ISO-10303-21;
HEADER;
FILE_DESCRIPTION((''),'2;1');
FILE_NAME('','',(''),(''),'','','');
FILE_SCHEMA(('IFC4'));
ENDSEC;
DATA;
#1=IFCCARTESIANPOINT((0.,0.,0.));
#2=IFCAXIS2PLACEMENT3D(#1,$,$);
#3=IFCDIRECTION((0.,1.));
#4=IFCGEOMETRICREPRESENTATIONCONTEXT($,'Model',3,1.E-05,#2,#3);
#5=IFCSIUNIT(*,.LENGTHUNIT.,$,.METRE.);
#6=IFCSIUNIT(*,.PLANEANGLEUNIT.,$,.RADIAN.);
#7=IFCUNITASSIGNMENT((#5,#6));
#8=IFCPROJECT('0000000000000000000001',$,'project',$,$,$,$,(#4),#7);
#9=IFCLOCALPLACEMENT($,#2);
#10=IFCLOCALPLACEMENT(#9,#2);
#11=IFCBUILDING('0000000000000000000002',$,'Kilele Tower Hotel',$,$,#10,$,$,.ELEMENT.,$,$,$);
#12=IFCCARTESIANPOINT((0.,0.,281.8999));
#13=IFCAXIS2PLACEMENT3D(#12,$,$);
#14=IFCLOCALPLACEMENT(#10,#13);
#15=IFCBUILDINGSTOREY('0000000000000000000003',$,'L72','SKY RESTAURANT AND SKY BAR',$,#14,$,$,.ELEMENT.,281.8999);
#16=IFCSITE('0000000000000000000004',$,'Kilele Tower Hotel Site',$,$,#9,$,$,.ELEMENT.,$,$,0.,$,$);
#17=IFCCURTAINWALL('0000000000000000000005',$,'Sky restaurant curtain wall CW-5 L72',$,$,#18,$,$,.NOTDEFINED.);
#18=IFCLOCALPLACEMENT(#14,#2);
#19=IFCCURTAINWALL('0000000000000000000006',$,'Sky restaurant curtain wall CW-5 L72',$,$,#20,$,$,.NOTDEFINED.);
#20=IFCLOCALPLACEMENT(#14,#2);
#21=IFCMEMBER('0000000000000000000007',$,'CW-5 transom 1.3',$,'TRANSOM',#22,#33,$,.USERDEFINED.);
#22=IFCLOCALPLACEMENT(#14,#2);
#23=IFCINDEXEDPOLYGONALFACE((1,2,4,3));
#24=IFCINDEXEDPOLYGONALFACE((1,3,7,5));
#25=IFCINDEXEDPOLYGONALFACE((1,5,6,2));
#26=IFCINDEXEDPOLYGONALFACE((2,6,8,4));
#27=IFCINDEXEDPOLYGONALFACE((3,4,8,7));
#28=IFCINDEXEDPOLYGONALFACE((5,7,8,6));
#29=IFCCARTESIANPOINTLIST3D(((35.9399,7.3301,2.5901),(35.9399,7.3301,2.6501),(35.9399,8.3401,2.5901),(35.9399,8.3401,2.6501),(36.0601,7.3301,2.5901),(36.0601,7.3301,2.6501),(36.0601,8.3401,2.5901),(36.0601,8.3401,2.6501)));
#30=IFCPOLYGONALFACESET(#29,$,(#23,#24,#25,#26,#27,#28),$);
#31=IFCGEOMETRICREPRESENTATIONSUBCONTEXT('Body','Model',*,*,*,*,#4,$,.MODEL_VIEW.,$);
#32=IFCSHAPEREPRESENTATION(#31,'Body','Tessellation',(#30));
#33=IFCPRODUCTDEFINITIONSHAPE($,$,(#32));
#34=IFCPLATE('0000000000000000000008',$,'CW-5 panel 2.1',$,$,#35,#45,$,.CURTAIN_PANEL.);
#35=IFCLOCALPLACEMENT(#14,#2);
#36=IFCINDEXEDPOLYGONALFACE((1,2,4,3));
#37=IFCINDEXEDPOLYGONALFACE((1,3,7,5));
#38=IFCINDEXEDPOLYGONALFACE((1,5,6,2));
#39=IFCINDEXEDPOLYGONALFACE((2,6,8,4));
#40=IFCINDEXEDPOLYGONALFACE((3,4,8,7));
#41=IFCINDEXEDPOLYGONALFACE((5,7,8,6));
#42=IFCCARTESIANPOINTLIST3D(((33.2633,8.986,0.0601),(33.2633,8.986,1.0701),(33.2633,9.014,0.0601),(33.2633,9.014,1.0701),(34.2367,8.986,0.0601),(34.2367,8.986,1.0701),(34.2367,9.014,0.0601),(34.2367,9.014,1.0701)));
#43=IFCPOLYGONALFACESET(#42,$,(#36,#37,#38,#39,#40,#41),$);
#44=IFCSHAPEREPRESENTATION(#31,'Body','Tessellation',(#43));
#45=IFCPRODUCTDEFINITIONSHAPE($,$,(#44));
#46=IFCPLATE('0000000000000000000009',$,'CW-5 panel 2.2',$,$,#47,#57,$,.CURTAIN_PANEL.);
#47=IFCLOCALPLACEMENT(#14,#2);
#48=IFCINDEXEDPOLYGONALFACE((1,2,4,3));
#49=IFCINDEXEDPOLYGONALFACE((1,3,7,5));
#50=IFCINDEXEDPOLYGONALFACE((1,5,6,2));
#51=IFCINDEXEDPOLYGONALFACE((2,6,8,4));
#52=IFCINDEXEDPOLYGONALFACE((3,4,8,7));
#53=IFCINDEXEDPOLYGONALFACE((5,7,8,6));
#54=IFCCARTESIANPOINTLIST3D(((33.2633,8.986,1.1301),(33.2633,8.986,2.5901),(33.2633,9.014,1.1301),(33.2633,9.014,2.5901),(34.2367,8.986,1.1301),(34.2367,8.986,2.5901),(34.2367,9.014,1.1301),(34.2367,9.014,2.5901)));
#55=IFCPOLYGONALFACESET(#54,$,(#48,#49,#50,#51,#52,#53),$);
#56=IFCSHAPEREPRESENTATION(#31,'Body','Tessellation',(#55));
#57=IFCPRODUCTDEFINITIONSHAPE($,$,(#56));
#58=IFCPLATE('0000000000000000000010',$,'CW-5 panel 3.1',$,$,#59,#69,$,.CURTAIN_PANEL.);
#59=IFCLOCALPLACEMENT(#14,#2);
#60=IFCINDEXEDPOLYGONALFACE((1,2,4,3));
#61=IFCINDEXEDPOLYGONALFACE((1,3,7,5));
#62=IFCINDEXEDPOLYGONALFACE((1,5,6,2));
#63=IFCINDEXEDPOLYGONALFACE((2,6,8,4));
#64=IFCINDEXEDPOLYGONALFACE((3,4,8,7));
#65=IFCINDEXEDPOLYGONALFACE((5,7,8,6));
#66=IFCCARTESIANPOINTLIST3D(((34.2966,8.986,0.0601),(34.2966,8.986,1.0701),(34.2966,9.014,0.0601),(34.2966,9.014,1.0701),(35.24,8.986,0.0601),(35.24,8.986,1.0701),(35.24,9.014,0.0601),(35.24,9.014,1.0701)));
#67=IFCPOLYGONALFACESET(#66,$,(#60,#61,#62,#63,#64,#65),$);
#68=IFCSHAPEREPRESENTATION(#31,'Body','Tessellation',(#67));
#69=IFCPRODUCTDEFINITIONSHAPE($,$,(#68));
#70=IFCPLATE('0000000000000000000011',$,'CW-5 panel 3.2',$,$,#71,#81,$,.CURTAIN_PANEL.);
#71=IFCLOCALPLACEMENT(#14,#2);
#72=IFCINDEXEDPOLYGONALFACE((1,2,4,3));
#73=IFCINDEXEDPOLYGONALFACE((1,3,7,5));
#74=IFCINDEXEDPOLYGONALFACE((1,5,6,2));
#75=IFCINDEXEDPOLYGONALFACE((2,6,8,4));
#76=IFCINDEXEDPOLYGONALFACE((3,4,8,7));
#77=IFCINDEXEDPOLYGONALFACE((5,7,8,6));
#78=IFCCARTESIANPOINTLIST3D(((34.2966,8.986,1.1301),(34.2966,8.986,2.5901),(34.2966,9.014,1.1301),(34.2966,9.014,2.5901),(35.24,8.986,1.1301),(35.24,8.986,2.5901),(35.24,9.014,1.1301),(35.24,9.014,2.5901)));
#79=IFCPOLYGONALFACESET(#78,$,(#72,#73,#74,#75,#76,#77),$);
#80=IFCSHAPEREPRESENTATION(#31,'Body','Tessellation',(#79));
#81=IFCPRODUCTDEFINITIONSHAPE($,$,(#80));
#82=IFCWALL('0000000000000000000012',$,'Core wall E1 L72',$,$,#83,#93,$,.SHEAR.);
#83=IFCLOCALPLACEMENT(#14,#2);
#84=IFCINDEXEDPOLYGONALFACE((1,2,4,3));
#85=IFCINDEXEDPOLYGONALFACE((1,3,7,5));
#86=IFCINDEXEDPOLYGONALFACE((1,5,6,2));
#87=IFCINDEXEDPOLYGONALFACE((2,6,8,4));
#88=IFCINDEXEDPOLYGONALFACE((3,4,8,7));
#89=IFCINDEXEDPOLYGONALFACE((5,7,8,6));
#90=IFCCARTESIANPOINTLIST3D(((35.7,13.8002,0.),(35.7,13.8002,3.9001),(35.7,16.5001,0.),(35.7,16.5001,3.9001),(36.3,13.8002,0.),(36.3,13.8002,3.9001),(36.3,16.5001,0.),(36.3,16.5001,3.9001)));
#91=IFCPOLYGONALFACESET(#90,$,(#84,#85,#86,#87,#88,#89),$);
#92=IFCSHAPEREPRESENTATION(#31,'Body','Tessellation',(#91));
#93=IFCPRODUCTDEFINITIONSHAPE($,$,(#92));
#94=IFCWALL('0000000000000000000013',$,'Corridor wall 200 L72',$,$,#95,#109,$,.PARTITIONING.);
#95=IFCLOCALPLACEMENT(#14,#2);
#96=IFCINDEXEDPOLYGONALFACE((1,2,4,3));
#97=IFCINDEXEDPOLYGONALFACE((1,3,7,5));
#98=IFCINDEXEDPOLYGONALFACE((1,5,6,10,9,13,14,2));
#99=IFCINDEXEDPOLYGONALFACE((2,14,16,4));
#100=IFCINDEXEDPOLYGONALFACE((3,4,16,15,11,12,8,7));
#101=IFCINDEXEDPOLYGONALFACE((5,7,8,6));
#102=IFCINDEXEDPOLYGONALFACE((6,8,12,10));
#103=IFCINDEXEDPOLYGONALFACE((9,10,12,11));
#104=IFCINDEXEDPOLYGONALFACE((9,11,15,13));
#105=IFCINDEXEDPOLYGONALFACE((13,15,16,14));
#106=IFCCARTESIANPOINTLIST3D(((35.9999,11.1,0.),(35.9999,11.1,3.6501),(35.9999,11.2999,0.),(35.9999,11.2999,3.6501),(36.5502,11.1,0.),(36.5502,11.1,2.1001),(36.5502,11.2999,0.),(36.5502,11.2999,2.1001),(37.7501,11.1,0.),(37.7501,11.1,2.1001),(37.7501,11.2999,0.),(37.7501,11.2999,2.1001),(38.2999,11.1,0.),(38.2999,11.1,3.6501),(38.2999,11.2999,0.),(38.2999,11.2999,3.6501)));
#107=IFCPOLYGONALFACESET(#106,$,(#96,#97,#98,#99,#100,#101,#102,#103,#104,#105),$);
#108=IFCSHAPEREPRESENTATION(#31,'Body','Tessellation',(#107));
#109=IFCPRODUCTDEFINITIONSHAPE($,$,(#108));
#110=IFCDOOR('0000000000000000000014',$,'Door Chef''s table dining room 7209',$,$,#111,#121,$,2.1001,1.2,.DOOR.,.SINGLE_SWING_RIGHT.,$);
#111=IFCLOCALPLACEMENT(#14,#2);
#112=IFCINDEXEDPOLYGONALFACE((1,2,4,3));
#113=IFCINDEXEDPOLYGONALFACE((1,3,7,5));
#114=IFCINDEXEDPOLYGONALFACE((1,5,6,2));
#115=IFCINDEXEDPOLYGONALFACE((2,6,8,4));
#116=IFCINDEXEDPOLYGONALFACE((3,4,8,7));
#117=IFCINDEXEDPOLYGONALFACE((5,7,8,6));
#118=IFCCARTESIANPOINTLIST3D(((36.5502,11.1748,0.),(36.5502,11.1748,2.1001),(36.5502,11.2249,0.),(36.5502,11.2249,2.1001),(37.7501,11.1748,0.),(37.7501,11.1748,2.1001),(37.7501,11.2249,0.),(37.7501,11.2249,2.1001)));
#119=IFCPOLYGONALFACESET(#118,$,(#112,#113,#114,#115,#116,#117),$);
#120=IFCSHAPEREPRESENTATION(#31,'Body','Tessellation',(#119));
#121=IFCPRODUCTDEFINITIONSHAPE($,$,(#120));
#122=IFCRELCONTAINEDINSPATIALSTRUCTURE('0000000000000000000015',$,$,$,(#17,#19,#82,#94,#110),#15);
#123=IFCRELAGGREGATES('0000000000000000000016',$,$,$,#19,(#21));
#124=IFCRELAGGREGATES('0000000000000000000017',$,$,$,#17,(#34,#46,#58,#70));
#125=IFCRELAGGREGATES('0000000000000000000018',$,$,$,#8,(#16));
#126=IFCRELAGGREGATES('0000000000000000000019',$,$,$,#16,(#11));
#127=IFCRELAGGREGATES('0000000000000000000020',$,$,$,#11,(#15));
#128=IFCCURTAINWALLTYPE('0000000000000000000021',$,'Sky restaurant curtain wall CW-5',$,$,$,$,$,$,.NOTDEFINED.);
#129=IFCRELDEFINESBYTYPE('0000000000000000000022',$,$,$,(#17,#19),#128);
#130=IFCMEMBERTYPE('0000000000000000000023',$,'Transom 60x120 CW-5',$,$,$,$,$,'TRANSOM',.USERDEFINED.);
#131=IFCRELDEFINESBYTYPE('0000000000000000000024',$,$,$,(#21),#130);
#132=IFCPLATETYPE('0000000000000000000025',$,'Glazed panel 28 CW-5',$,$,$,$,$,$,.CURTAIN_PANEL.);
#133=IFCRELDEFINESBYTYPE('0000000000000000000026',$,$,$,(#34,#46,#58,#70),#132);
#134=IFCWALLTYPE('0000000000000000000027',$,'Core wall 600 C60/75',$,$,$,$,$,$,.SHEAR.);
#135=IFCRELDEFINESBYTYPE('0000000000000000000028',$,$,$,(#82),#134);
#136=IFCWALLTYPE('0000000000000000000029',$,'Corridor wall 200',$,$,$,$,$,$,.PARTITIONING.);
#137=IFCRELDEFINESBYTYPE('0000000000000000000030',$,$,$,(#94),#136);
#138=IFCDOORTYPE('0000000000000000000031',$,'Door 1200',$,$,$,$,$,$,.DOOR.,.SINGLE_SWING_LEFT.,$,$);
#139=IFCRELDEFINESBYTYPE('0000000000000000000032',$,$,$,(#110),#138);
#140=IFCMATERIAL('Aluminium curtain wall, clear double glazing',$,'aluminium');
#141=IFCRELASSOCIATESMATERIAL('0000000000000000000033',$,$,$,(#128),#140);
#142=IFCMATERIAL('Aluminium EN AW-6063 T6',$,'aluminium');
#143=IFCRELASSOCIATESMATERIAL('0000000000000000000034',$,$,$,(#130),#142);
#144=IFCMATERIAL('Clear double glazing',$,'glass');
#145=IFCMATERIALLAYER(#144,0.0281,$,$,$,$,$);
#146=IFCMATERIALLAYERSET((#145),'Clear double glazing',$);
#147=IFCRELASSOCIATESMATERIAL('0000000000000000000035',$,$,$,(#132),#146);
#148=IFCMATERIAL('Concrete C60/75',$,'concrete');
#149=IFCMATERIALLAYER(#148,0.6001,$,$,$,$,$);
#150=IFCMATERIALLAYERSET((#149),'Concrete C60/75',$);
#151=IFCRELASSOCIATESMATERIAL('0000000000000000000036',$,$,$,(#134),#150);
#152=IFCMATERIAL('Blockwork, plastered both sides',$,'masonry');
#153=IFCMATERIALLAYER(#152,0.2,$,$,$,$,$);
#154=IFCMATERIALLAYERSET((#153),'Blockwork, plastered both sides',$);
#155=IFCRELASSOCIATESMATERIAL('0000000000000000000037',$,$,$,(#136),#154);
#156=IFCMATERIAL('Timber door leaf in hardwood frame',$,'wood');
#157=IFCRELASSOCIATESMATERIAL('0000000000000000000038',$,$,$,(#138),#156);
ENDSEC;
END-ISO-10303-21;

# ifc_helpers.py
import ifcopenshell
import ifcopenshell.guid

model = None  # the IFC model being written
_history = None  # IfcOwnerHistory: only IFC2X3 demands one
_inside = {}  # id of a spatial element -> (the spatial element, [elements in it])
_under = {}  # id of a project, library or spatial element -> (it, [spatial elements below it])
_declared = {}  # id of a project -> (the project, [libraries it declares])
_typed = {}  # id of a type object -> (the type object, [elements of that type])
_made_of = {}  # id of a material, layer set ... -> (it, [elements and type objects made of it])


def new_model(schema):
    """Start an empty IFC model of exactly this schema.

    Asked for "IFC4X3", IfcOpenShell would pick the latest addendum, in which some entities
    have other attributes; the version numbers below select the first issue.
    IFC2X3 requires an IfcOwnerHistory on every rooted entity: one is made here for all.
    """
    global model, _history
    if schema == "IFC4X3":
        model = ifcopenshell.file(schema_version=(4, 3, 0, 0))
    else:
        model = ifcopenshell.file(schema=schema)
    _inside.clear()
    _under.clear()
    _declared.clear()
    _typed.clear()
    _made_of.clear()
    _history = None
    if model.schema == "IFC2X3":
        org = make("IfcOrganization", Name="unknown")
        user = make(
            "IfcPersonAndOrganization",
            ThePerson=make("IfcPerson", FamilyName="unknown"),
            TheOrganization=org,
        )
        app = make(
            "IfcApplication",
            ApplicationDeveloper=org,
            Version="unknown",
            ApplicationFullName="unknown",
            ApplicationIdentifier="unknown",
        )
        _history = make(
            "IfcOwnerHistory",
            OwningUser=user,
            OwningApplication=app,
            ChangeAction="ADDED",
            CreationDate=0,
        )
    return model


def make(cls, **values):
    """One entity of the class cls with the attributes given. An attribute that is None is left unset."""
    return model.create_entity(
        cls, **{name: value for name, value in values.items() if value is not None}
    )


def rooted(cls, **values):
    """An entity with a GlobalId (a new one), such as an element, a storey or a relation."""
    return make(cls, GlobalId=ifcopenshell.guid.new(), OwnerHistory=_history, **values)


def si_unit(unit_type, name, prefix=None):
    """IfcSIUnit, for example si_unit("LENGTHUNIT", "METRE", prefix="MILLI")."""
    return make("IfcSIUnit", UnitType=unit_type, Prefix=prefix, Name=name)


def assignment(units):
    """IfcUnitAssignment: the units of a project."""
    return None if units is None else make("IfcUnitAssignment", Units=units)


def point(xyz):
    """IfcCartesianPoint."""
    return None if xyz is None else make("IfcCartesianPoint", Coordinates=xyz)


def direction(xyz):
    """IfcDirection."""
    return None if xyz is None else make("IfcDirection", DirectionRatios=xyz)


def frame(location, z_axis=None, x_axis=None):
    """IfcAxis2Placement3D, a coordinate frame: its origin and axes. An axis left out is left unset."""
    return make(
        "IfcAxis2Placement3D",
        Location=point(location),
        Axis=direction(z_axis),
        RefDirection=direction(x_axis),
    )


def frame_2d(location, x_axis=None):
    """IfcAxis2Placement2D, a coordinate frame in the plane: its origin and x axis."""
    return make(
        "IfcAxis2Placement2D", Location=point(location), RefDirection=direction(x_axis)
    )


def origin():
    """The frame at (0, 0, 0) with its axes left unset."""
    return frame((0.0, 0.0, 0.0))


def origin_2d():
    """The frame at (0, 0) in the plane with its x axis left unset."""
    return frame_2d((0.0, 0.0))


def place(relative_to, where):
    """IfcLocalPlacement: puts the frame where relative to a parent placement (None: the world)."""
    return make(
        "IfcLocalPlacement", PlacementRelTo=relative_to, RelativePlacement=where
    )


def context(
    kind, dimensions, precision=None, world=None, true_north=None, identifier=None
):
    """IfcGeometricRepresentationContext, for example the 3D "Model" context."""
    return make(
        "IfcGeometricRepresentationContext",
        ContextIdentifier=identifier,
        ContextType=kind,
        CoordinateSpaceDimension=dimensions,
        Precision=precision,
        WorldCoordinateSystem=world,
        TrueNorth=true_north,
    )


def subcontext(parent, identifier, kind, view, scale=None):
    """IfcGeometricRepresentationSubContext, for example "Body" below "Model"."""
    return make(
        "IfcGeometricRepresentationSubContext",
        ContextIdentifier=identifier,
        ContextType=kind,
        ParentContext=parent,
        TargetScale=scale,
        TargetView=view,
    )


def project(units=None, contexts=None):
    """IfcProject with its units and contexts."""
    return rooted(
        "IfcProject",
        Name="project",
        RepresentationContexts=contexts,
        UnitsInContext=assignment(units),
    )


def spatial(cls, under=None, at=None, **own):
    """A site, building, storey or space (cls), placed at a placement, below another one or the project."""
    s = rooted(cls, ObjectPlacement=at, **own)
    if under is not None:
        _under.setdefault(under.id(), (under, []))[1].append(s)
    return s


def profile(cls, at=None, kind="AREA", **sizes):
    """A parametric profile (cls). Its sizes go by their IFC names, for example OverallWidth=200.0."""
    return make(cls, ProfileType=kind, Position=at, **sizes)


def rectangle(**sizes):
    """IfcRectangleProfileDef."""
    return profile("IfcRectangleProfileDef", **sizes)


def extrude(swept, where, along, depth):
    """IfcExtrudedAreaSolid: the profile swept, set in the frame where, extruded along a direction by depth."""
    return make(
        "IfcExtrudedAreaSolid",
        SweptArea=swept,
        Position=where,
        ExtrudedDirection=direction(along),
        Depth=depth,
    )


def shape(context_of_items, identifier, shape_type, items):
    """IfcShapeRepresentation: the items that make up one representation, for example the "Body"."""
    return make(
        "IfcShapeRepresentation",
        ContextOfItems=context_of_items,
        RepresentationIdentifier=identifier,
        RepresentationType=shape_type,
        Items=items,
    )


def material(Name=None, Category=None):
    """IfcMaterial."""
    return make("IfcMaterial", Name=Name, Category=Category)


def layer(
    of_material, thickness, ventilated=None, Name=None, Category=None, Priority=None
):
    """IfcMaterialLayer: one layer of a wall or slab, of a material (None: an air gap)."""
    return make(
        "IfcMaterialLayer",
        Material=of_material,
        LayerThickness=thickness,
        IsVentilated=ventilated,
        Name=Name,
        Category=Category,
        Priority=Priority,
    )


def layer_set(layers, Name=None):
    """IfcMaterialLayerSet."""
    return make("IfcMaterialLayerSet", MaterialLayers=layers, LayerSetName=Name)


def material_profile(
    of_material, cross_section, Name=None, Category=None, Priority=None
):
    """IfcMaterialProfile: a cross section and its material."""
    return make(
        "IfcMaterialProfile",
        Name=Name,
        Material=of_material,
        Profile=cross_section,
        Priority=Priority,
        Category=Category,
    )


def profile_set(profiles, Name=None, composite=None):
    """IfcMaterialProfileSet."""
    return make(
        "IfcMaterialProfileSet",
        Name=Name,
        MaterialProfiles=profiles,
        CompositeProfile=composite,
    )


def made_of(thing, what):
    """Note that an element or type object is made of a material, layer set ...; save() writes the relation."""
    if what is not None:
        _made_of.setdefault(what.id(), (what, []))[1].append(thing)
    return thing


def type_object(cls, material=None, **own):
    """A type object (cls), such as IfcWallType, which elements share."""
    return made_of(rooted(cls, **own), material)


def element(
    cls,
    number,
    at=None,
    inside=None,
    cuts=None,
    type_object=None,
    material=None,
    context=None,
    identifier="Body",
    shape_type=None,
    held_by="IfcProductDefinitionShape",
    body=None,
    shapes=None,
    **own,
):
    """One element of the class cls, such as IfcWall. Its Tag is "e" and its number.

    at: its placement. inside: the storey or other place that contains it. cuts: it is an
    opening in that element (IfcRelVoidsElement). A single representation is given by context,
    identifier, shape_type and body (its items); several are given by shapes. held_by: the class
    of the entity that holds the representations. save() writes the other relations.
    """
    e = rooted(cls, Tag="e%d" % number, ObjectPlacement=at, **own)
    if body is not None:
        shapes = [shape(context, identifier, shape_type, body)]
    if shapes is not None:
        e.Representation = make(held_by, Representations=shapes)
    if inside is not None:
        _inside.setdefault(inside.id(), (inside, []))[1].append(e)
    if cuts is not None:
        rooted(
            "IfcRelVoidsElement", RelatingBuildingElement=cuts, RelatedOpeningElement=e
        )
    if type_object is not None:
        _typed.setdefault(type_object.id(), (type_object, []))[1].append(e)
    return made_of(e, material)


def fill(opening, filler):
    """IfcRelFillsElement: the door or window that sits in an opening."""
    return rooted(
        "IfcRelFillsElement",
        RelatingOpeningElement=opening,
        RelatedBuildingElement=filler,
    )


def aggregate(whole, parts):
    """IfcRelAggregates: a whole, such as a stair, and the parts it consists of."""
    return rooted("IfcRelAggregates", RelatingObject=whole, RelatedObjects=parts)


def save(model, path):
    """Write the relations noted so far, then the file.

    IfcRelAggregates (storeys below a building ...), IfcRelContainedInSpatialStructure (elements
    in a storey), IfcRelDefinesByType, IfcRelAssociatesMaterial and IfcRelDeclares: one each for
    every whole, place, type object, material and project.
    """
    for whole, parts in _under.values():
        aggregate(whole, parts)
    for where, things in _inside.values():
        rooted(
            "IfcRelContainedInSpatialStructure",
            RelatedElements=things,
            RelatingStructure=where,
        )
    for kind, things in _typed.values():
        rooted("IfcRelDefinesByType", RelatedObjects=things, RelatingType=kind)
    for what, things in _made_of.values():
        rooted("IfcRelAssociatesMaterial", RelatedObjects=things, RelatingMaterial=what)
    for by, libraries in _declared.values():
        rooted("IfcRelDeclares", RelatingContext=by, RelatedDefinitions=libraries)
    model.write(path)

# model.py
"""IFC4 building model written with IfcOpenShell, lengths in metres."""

from ifc_helpers import new_model, si_unit, direction, frame, frame_2d, origin, origin_2d, place, context, subcontext, project, spatial, rectangle, extrude, material, layer, layer_set, material_profile, profile_set, type_object, element, fill, aggregate, save


model = new_model("IFC4")

# Units and contexts
model_context = context("Model", 3, precision=1e-05, world=origin(), true_north=direction((0.0, 1.0)))
body_context = subcontext(model_context, "Body", "Model", "MODEL_VIEW")
ifc_project = project(units=[si_unit("LENGTHUNIT", "METRE"), si_unit("PLANEANGLEUNIT", "RADIAN")], contexts=[model_context])

# Site, building, storey
site_placement = place(None, origin())
site = spatial("IfcSite", under=ifc_project, at=site_placement, Name="Kilele Tower Hotel Site", CompositionType="ELEMENT", RefElevation=0.0)
building_placement = place(site_placement, origin())
building = spatial("IfcBuilding", under=site, at=building_placement, Name="Kilele Tower Hotel", CompositionType="ELEMENT")
storey_placement = place(building_placement, frame((0.0, 0.0, 281.8999)))
storey = spatial("IfcBuildingStorey", under=building, at=storey_placement, Name="L72", Description="SKY RESTAURANT AND SKY BAR", CompositionType="ELEMENT", Elevation=281.8999)

# Curtain wall
ifc_material_1 = material(Name="Aluminium curtain wall, clear double glazing", Category="aluminium")
curtain_wall_type = type_object("IfcCurtainWallType", Name="Sky restaurant curtain wall CW-5", PredefinedType="NOTDEFINED", material=ifc_material_1)
curtain_wall_1_placement = place(storey_placement, origin())
curtain_wall_1 = element("IfcCurtainWall", 1, at=curtain_wall_1_placement, inside=storey, type_object=curtain_wall_type, Name="Sky restaurant curtain wall CW-5 L72", PredefinedType="NOTDEFINED")

# Curtain wall
curtain_wall_2_placement = place(storey_placement, origin())
curtain_wall_2 = element("IfcCurtainWall", 2, at=curtain_wall_2_placement, inside=storey, type_object=curtain_wall_type, Name="Sky restaurant curtain wall CW-5 L72", PredefinedType="NOTDEFINED")

# Member
ifc_material_2 = material(Name="Aluminium EN AW-6063 T6", Category="aluminium")
ifc_material_profile_1 = material_profile(ifc_material_2, rectangle(XDim=0.1201, YDim=0.0601, at=origin_2d()))
ifc_profile_set_1 = profile_set([ifc_material_profile_1], Name="Aluminium EN AW-6063 T6")
member_type_1 = type_object("IfcMemberType", Name="Transom 60x120 CW-5", ElementType="TRANSOM", PredefinedType="USERDEFINED", material=ifc_profile_set_1)
member_1_placement = place(storey_placement, frame((36.0, 8.3401, 2.6201), z_axis=(0.0, -1.0, 0.0), x_axis=(1.0, 0.0, 0.0)))
member_1 = element("IfcMember", 3, at=member_1_placement, type_object=member_type_1, Name="CW-5 transom 1.3", ObjectType="TRANSOM", PredefinedType="USERDEFINED", context=body_context, shape_type="SweptSolid", body=[
    extrude(rectangle(XDim=0.1201, YDim=0.0601, at=origin_2d()), origin(), (0.0, 0.0, 1.0), 1.01),
])
aggregate(curtain_wall_2, [member_1])

# Plates
ifc_material_3 = material(Name="Clear double glazing", Category="glass")
ifc_layer_1 = layer(ifc_material_3, 0.0281)
ifc_layer_set_1 = layer_set([ifc_layer_1], Name="Clear double glazing")
plate_type = type_object("IfcPlateType", Name="Glazed panel 28 CW-5", PredefinedType="CURTAIN_PANEL", material=ifc_layer_set_1)
plate_1_placement = place(storey_placement, frame((33.75, 9.0, 0.0601), z_axis=(0.0, 0.0, 1.0), x_axis=(1.0, 0.0, 0.0)))
plate_1 = element("IfcPlate", 4, at=plate_1_placement, type_object=plate_type, Name="CW-5 panel 2.1", PredefinedType="CURTAIN_PANEL", context=body_context, shape_type="SweptSolid", body=[
    extrude(rectangle(XDim=0.9734, YDim=0.0281, at=origin_2d()), origin(), (0.0, 0.0, 1.0), 1.01),
])
plate_2_placement = place(storey_placement, frame((33.75, 9.0, 1.1301), z_axis=(0.0, 0.0, 1.0), x_axis=(1.0, 0.0, 0.0)))
plate_2 = element("IfcPlate", 5, at=plate_2_placement, type_object=plate_type, Name="CW-5 panel 2.2", PredefinedType="CURTAIN_PANEL", context=body_context, shape_type="SweptSolid", body=[
    extrude(rectangle(XDim=0.9734, YDim=0.0281, at=origin_2d()), origin(), (0.0, 0.0, 1.0), 1.46),
])
plate_3_placement = place(storey_placement, frame((34.7683, 9.0, 0.0601), z_axis=(0.0, 0.0, 1.0), x_axis=(1.0, 0.0, 0.0)))
plate_3 = element("IfcPlate", 6, at=plate_3_placement, type_object=plate_type, Name="CW-5 panel 3.1", PredefinedType="CURTAIN_PANEL", context=body_context, shape_type="SweptSolid", body=[
    extrude(rectangle(XDim=0.9434, YDim=0.0281, at=origin_2d()), origin(), (0.0, 0.0, 1.0), 1.01),
])
plate_4_placement = place(storey_placement, frame((34.7683, 9.0, 1.1301), z_axis=(0.0, 0.0, 1.0), x_axis=(1.0, 0.0, 0.0)))
plate_4 = element("IfcPlate", 7, at=plate_4_placement, type_object=plate_type, Name="CW-5 panel 3.2", PredefinedType="CURTAIN_PANEL", context=body_context, shape_type="SweptSolid", body=[
    extrude(rectangle(XDim=0.9434, YDim=0.0281, at=origin_2d()), origin(), (0.0, 0.0, 1.0), 1.46),
])
aggregate(curtain_wall_1, [plate_1, plate_2, plate_3, plate_4])

# Wall
ifc_material_4 = material(Name="Concrete C60/75", Category="concrete")
ifc_layer_2 = layer(ifc_material_4, 0.6001)
ifc_layer_set_2 = layer_set([ifc_layer_2], Name="Concrete C60/75")
wall_type_1 = type_object("IfcWallType", Name="Core wall 600 C60/75", PredefinedType="SHEAR", material=ifc_layer_set_2)
wall_1_placement = place(storey_placement, frame((36.0, 13.8, 0.0), z_axis=(0.0, 0.0, 1.0), x_axis=(0.0, 1.0, 0.0)))
element("IfcWall", 8, at=wall_1_placement, inside=storey, type_object=wall_type_1, Name="Core wall E1 L72", PredefinedType="SHEAR", context=body_context, shape_type="SweptSolid", body=[
    extrude(rectangle(XDim=2.7, YDim=0.6001, at=frame_2d((1.3501, 0.0))), origin(), (0.0, 0.0, 1.0), 3.9001),
])

# Wall, opening, door
ifc_material_5 = material(Name="Blockwork, plastered both sides", Category="masonry")
ifc_layer_3 = layer(ifc_material_5, 0.2)
ifc_layer_set_3 = layer_set([ifc_layer_3], Name="Blockwork, plastered both sides")
wall_type_2 = type_object("IfcWallType", Name="Corridor wall 200", PredefinedType="PARTITIONING", material=ifc_layer_set_3)
wall_2_placement = place(storey_placement, frame((36.0, 11.2, 0.0), z_axis=(0.0, 0.0, 1.0), x_axis=(1.0, 0.0, 0.0)))
wall_2 = element("IfcWall", 9, at=wall_2_placement, inside=storey, type_object=wall_type_2, Name="Corridor wall 200 L72", PredefinedType="PARTITIONING", context=body_context, shape_type="SweptSolid", body=[
    extrude(rectangle(XDim=2.3, YDim=0.2, at=frame_2d((1.1499, 0.0))), origin(), (0.0, 0.0, 1.0), 3.6501),
])
opening_1_placement = place(wall_2_placement, frame((0.55, 0.0, 0.0)))
opening_1 = element("IfcOpeningElement", 10, at=opening_1_placement, cuts=wall_2, PredefinedType="OPENING", context=body_context, shape_type="SweptSolid", body=[
    extrude(rectangle(XDim=1.2, YDim=2.1001, at=frame_2d((0.6001, 1.05))), frame((0.0, 0.1099, 0.0), z_axis=(0.0, -1.0, 0.0), x_axis=(1.0, 0.0, 0.0)), (0.0, 0.0, 1.0), 0.22),
])
ifc_material_6 = material(Name="Timber door leaf in hardwood frame", Category="wood")
door_type_1 = type_object("IfcDoorType", Name="Door 1200", OperationType="SINGLE_SWING_LEFT", PredefinedType="DOOR", material=ifc_material_6)
door_1_placement = place(opening_1_placement, origin())
door_1 = element("IfcDoor", 11, at=door_1_placement, inside=storey, type_object=door_type_1, Name="Door Chef's table dining room 7209", OperationType="SINGLE_SWING_RIGHT", OverallHeight=2.1001, OverallWidth=1.2, PredefinedType="DOOR", context=body_context, shape_type="SweptSolid", body=[
    extrude(rectangle(XDim=1.2, YDim=2.1001, at=frame_2d((0.6001, 1.05))), frame((0.0, 0.0249, 0.0), z_axis=(0.0, -1.0, 0.0), x_axis=(1.0, 0.0, 0.0)), (0.0, 0.0, 1.0), 0.05),
])
fill(opening_1, door_1)

save(model, "model.ifc")
